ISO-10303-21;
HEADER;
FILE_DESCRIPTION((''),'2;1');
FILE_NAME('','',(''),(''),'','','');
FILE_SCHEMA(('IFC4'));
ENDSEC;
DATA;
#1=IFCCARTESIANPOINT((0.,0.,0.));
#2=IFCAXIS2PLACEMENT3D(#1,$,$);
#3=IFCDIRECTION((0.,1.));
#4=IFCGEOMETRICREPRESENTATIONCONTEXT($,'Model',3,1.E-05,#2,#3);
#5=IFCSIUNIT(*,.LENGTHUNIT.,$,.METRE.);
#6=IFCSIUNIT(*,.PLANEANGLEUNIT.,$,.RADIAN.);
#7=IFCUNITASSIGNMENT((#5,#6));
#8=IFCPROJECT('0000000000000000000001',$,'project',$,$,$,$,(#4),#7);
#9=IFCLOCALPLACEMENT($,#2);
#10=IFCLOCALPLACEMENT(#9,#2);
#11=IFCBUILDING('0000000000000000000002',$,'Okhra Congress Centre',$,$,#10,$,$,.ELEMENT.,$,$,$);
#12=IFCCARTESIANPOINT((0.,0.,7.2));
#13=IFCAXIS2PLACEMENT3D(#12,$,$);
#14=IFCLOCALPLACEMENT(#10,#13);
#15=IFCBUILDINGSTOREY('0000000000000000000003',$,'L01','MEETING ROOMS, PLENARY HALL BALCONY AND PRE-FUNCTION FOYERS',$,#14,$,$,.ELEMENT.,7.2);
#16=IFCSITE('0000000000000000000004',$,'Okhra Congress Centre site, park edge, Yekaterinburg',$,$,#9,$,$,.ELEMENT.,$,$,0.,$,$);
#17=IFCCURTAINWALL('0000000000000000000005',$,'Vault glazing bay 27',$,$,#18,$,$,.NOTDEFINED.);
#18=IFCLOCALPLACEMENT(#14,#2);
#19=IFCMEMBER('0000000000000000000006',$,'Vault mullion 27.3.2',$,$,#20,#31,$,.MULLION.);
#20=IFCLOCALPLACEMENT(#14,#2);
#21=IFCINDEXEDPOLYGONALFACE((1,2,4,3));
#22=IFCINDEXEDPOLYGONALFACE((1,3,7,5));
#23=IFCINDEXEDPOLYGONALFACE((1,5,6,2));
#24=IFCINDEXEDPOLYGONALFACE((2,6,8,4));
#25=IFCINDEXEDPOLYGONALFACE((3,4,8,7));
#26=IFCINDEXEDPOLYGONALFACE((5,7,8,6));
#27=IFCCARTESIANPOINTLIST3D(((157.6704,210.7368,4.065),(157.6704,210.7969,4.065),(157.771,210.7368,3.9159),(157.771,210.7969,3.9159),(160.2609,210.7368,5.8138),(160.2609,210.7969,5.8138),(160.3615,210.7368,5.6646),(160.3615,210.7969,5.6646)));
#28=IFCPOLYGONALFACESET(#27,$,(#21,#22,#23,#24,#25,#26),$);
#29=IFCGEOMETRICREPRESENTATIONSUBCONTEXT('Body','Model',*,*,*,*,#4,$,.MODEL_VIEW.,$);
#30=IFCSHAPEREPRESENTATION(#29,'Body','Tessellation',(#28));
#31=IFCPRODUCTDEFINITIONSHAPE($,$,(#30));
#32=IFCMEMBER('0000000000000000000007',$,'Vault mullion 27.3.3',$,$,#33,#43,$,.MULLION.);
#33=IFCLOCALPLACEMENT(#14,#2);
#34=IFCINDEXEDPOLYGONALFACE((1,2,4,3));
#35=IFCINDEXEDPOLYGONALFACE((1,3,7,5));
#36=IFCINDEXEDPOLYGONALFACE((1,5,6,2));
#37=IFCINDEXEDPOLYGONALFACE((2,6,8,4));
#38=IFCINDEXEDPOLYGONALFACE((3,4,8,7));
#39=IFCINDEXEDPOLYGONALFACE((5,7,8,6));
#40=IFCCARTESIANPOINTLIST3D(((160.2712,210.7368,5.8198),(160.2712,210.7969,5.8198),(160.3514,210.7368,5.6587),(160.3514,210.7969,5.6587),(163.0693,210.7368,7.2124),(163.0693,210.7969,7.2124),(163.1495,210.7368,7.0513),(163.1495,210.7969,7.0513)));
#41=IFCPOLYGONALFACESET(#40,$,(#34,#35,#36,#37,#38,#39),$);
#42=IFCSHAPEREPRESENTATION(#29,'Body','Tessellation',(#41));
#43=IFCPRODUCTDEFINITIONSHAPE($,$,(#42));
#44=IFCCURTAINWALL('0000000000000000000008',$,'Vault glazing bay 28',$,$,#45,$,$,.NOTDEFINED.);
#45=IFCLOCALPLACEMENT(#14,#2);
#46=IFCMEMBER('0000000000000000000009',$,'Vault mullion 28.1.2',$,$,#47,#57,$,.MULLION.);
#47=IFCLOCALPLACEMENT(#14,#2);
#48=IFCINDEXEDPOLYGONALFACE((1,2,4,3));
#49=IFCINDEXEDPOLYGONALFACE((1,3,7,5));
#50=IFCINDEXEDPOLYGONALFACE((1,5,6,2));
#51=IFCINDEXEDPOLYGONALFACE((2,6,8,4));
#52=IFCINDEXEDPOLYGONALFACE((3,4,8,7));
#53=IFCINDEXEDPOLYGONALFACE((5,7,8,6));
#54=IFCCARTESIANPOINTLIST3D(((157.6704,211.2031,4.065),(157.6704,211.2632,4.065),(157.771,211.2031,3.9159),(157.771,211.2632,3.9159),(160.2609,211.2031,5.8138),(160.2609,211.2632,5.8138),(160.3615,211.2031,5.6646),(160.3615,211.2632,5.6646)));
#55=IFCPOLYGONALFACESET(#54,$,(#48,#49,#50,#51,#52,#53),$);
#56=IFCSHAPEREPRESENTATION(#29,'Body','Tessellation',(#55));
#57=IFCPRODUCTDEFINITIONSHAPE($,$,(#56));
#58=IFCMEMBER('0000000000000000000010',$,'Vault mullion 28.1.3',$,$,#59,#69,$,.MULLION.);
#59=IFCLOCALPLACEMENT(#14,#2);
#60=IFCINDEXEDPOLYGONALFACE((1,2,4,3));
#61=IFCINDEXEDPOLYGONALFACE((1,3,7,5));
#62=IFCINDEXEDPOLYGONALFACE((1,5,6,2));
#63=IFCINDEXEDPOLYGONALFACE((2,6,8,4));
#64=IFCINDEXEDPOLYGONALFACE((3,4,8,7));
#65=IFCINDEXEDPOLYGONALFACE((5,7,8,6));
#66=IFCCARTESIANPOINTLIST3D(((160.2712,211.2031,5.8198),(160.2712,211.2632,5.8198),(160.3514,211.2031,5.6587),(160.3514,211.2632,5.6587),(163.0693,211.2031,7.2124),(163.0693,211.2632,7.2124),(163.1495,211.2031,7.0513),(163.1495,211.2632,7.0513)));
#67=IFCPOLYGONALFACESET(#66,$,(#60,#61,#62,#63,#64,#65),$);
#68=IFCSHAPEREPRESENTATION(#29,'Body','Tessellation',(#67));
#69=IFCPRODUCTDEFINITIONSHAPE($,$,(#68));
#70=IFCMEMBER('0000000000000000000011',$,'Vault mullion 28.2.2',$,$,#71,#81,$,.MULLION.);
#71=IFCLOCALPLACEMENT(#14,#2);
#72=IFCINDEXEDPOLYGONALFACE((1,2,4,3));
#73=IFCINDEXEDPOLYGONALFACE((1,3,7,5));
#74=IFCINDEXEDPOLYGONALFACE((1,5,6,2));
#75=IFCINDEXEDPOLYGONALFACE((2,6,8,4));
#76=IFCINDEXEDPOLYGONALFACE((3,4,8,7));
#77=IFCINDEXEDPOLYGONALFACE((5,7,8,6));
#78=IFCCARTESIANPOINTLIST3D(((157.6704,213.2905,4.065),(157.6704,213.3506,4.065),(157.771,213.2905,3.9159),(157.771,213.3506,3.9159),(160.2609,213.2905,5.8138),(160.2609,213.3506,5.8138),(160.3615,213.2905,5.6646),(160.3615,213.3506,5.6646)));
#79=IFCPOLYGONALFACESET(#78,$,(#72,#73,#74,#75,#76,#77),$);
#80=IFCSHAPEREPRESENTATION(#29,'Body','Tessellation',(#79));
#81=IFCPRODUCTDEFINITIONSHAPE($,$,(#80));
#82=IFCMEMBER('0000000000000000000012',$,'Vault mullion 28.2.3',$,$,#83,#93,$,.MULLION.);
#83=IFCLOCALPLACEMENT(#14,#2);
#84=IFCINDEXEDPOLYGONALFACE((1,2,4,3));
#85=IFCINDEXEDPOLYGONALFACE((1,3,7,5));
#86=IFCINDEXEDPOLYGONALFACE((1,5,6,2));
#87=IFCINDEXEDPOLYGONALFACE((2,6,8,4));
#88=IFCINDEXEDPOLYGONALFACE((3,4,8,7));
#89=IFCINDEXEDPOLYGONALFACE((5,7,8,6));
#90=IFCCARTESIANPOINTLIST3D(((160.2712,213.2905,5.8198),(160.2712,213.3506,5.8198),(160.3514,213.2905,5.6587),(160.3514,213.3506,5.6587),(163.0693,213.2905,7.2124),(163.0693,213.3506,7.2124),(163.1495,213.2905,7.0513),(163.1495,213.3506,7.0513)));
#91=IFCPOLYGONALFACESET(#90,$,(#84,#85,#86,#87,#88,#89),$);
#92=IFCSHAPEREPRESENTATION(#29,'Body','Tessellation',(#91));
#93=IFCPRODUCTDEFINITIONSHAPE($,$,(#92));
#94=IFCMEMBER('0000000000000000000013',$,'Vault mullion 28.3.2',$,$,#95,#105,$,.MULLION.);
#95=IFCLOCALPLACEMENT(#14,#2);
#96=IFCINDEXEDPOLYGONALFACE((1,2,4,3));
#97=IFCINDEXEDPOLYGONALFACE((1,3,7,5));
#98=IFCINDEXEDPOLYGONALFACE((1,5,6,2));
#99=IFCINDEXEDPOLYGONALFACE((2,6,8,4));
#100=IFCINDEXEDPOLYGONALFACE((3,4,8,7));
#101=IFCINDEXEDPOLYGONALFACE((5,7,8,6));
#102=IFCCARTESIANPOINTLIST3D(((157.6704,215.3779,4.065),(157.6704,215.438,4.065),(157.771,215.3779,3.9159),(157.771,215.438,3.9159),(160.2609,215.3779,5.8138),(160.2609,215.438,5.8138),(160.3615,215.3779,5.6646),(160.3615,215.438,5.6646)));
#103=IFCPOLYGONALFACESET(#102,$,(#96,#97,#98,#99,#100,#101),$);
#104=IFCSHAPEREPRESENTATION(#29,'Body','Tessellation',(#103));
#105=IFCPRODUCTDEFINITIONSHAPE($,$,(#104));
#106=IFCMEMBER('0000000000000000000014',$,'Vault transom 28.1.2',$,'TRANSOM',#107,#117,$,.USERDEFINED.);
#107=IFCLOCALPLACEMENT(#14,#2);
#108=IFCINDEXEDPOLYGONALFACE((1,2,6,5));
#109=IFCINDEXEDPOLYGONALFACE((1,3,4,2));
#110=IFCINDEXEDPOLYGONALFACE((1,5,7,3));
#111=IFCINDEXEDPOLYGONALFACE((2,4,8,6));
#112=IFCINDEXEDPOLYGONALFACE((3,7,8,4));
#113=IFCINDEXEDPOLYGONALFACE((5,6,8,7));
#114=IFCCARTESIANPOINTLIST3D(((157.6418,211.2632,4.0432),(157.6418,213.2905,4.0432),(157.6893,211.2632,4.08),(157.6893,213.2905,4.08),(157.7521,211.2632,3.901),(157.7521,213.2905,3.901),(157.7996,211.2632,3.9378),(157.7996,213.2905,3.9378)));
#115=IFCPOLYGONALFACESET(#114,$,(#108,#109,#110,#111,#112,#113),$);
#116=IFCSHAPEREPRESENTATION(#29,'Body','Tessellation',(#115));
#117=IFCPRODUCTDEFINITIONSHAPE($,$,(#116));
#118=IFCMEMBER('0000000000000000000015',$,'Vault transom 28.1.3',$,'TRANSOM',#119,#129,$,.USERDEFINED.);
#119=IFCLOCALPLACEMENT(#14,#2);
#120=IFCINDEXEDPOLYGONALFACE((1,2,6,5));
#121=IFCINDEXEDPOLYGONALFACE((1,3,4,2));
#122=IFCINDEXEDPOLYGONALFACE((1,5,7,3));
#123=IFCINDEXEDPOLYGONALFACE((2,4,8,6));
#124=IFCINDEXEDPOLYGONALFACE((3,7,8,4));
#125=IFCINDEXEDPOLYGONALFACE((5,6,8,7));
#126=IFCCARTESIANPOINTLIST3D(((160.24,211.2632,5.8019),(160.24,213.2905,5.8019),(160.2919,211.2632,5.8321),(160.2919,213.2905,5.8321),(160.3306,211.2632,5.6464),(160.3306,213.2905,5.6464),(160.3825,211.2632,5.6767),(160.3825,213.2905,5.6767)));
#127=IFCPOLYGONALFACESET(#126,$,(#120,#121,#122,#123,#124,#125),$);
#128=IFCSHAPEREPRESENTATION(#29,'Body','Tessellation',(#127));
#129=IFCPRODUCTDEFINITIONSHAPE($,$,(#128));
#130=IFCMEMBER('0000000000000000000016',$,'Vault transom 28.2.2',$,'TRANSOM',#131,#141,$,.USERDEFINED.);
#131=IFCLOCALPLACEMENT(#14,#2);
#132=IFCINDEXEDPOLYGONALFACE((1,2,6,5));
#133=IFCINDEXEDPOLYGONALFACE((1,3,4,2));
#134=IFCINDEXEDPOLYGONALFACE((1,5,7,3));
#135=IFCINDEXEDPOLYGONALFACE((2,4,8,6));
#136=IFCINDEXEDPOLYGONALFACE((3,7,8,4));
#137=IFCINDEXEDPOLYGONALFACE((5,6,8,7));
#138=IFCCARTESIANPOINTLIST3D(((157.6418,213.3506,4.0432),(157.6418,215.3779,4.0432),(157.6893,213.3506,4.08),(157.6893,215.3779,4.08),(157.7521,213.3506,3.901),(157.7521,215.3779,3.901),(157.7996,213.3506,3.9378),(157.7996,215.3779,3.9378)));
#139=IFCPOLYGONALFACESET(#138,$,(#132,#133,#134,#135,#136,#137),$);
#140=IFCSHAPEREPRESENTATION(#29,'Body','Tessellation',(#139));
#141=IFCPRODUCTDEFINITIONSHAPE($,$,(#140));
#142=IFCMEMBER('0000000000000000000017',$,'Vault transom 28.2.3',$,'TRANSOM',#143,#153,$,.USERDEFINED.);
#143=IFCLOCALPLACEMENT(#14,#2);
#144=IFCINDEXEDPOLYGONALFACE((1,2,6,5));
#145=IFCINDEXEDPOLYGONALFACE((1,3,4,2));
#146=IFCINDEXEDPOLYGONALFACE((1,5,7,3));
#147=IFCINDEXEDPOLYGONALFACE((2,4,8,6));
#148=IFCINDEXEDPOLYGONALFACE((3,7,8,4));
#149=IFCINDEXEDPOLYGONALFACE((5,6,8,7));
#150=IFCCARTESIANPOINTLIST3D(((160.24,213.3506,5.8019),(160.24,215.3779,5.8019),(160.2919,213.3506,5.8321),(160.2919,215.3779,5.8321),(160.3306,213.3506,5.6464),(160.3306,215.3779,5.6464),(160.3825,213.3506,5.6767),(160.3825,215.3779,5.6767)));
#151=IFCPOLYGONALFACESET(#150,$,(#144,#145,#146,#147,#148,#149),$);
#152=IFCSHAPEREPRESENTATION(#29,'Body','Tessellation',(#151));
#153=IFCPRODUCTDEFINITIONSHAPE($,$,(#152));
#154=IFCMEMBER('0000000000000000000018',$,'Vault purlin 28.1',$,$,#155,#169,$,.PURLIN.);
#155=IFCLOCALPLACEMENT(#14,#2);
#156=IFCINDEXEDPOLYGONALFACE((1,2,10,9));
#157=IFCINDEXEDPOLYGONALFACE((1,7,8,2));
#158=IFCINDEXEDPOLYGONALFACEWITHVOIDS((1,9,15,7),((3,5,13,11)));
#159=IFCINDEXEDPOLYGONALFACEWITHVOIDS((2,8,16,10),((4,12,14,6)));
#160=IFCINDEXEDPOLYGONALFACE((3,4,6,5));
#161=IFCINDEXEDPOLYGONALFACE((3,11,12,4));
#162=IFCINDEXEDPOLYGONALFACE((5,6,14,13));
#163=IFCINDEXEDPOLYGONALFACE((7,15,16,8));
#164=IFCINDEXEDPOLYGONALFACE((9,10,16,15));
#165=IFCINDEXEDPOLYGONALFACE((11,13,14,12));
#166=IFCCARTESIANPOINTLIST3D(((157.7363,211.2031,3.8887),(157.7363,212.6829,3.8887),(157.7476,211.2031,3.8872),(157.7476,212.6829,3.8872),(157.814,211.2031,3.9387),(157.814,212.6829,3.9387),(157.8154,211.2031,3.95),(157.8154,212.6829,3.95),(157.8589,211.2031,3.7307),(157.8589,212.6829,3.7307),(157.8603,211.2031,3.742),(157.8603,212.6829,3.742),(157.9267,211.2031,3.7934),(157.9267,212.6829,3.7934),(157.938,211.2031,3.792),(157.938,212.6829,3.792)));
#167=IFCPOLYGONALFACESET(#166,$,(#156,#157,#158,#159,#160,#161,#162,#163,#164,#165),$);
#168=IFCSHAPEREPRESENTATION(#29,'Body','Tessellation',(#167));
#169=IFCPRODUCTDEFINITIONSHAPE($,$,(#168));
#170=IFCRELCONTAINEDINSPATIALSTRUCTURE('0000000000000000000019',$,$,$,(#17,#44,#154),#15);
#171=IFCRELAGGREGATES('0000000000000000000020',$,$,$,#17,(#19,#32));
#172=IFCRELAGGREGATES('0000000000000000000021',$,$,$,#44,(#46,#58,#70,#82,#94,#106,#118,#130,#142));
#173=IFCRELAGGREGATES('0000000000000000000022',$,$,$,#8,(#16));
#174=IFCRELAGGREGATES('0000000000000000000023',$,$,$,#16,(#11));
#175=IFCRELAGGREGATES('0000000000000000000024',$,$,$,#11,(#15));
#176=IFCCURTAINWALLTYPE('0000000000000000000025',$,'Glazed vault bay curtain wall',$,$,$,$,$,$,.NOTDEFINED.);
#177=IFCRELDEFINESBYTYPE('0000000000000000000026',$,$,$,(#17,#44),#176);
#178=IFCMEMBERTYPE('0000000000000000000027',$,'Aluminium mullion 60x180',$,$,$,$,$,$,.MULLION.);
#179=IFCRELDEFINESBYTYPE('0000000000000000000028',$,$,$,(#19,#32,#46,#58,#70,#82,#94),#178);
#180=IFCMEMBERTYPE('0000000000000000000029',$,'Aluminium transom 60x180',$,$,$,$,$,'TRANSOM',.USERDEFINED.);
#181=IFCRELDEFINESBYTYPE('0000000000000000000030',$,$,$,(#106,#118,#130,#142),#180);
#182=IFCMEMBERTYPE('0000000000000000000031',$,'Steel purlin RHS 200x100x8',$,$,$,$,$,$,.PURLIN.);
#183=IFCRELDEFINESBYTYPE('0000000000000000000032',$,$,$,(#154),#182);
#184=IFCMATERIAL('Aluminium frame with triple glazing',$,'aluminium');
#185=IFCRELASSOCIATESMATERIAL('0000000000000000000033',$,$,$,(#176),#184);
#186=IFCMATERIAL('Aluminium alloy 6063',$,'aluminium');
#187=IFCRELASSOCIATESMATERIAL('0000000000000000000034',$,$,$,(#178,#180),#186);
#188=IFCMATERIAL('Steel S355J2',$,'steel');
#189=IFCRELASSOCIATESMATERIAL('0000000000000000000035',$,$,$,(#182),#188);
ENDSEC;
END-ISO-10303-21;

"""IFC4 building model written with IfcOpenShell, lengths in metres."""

from ifc_helpers import new_model, si_unit, direction, frame, origin, origin_2d, place, context, subcontext, project, spatial, rectangle, hollow_rectangle, extrude, material, material_profile, profile_set, type_object, element, aggregate, save


model = new_model("IFC4")

# Units and contexts
model_context = context("Model", 3, precision=1e-05, world=origin(), true_north=direction((0.0, 1.0)))
body_context = subcontext(model_context, "Body", "Model", "MODEL_VIEW")
ifc_project = project(units=[si_unit("LENGTHUNIT", "METRE"), si_unit("PLANEANGLEUNIT", "RADIAN")], contexts=[model_context])

# Site, building, storey
site_placement = place(None, origin())
site = spatial("IfcSite", under=ifc_project, at=site_placement, Name="Okhra Congress Centre site, park edge, Yekaterinburg", CompositionType="ELEMENT", RefElevation=0.0)
building_placement = place(site_placement, origin())
building = spatial("IfcBuilding", under=site, at=building_placement, Name="Okhra Congress Centre", CompositionType="ELEMENT")
storey_placement = place(building_placement, frame((0.0, 0.0, 7.2)))
storey = spatial("IfcBuildingStorey", under=building, at=storey_placement, Name="L01", Description="MEETING ROOMS, PLENARY HALL BALCONY AND PRE-FUNCTION FOYERS", CompositionType="ELEMENT", Elevation=7.2)

# Curtain walls, members
ifc_material_1 = material(Name="Aluminium frame with triple glazing", Category="aluminium")
curtain_wall_type = type_object("IfcCurtainWallType", Name="Glazed vault bay curtain wall", PredefinedType="NOTDEFINED", material=ifc_material_1)
curtain_wall_1_placement = place(storey_placement, origin())
curtain_wall_1 = element("IfcCurtainWall", 1, at=curtain_wall_1_placement, inside=storey, type_object=curtain_wall_type, Name="Vault glazing bay 27", PredefinedType="NOTDEFINED")
ifc_material_2 = material(Name="Aluminium alloy 6063", Category="aluminium")
ifc_material_profile_1 = material_profile(ifc_material_2, rectangle(XDim=0.0601, YDim=0.1799, at=origin_2d()), Name="AL 60x180")
ifc_profile_set_1 = profile_set([ifc_material_profile_1], Name="Aluminium alloy 6063")
member_type_1 = type_object("IfcMemberType", Name="Aluminium mullion 60x180", PredefinedType="MULLION", material=ifc_profile_set_1)
member_1_placement = place(storey_placement, frame((157.7207, 210.7668, 3.9905), z_axis=(0.828828, 0.0, 0.559504), x_axis=(0.0, 1.0, 0.0)))
member_1 = element("IfcMember", 2, at=member_1_placement, type_object=member_type_1, Name="Vault mullion 27.3.2", PredefinedType="MULLION", context=body_context, shape_type="SweptSolid", body=[
    extrude(rectangle(XDim=0.0601, YDim=0.1799, at=origin_2d()), origin(), (0.0, 0.0, 1.0), 3.1255),
])
member_2_placement = place(storey_placement, frame((160.3113, 210.7668, 5.7393), z_axis=(0.895254, 0.0, 0.445557), x_axis=(0.0, 1.0, 0.0)))
member_2 = element("IfcMember", 3, at=member_2_placement, type_object=member_type_1, Name="Vault mullion 27.3.3", PredefinedType="MULLION", context=body_context, shape_type="SweptSolid", body=[
    extrude(rectangle(XDim=0.0601, YDim=0.1799, at=origin_2d()), origin(), (0.0, 0.0, 1.0), 3.1255),
])
aggregate(curtain_wall_1, [member_1, member_2])
curtain_wall_2_placement = place(storey_placement, origin())
curtain_wall_2 = element("IfcCurtainWall", 4, at=curtain_wall_2_placement, inside=storey, type_object=curtain_wall_type, Name="Vault glazing bay 28", PredefinedType="NOTDEFINED")
member_3_placement = place(storey_placement, frame((157.7207, 211.2332, 3.9905), z_axis=(0.828828, 0.0, 0.559504), x_axis=(0.0, 1.0, 0.0)))
member_3 = element("IfcMember", 5, at=member_3_placement, type_object=member_type_1, Name="Vault mullion 28.1.2", PredefinedType="MULLION", context=body_context, shape_type="SweptSolid", body=[
    extrude(rectangle(XDim=0.0601, YDim=0.1799, at=origin_2d()), origin(), (0.0, 0.0, 1.0), 3.1255),
])
member_4_placement = place(storey_placement, frame((160.3113, 211.2332, 5.7393), z_axis=(0.895254, 0.0, 0.445557), x_axis=(0.0, 1.0, 0.0)))
member_4 = element("IfcMember", 6, at=member_4_placement, type_object=member_type_1, Name="Vault mullion 28.1.3", PredefinedType="MULLION", context=body_context, shape_type="SweptSolid", body=[
    extrude(rectangle(XDim=0.0601, YDim=0.1799, at=origin_2d()), origin(), (0.0, 0.0, 1.0), 3.1255),
])
member_5_placement = place(storey_placement, frame((157.7207, 213.3206, 3.9905), z_axis=(0.828828, 0.0, 0.559504), x_axis=(0.0, 1.0, 0.0)))
member_5 = element("IfcMember", 7, at=member_5_placement, type_object=member_type_1, Name="Vault mullion 28.2.2", PredefinedType="MULLION", context=body_context, shape_type="SweptSolid", body=[
    extrude(rectangle(XDim=0.0601, YDim=0.1799, at=origin_2d()), origin(), (0.0, 0.0, 1.0), 3.1255),
])
member_6_placement = place(storey_placement, frame((160.3113, 213.3206, 5.7393), z_axis=(0.895254, 0.0, 0.445557), x_axis=(0.0, 1.0, 0.0)))
member_6 = element("IfcMember", 8, at=member_6_placement, type_object=member_type_1, Name="Vault mullion 28.2.3", PredefinedType="MULLION", context=body_context, shape_type="SweptSolid", body=[
    extrude(rectangle(XDim=0.0601, YDim=0.1799, at=origin_2d()), origin(), (0.0, 0.0, 1.0), 3.1255),
])
member_7_placement = place(storey_placement, frame((157.7207, 215.408, 3.9905), z_axis=(0.828828, 0.0, 0.559504), x_axis=(0.0, 1.0, 0.0)))
member_7 = element("IfcMember", 9, at=member_7_placement, type_object=member_type_1, Name="Vault mullion 28.3.2", PredefinedType="MULLION", context=body_context, shape_type="SweptSolid", body=[
    extrude(rectangle(XDim=0.0601, YDim=0.1799, at=origin_2d()), origin(), (0.0, 0.0, 1.0), 3.1255),
])
ifc_material_profile_2 = material_profile(ifc_material_2, rectangle(XDim=0.0601, YDim=0.1799, at=origin_2d()), Name="AL 60x180 transom")
ifc_profile_set_2 = profile_set([ifc_material_profile_2], Name="Aluminium alloy 6063")
member_type_2 = type_object("IfcMemberType", Name="Aluminium transom 60x180", ElementType="TRANSOM", PredefinedType="USERDEFINED", material=ifc_profile_set_2)
member_8_placement = place(storey_placement, frame((157.7207, 211.2632, 3.9905), z_axis=(0.0, 1.0, 0.0), x_axis=(-0.790145, 0.0, -0.61292)))
member_8 = element("IfcMember", 10, at=member_8_placement, type_object=member_type_2, Name="Vault transom 28.1.2", ObjectType="TRANSOM", PredefinedType="USERDEFINED", context=body_context, shape_type="SweptSolid", body=[
    extrude(rectangle(XDim=0.0601, YDim=0.1799, at=origin_2d()), origin(), (0.0, 0.0, 1.0), 2.0273),
])
member_9_placement = place(storey_placement, frame((160.3113, 211.2632, 5.7393), z_axis=(0.0, 1.0, 0.0), x_axis=(-0.863917, 0.0, -0.503634)))
member_9 = element("IfcMember", 11, at=member_9_placement, type_object=member_type_2, Name="Vault transom 28.1.3", ObjectType="TRANSOM", PredefinedType="USERDEFINED", context=body_context, shape_type="SweptSolid", body=[
    extrude(rectangle(XDim=0.0601, YDim=0.1799, at=origin_2d()), origin(), (0.0, 0.0, 1.0), 2.0273),
])
member_10_placement = place(storey_placement, frame((157.7207, 213.3506, 3.9905), z_axis=(0.0, 1.0, 0.0), x_axis=(-0.790145, 0.0, -0.61292)))
member_10 = element("IfcMember", 12, at=member_10_placement, type_object=member_type_2, Name="Vault transom 28.2.2", ObjectType="TRANSOM", PredefinedType="USERDEFINED", context=body_context, shape_type="SweptSolid", body=[
    extrude(rectangle(XDim=0.0601, YDim=0.1799, at=origin_2d()), origin(), (0.0, 0.0, 1.0), 2.0273),
])
member_11_placement = place(storey_placement, frame((160.3113, 213.3506, 5.7393), z_axis=(0.0, 1.0, 0.0), x_axis=(-0.863917, 0.0, -0.503634)))
member_11 = element("IfcMember", 13, at=member_11_placement, type_object=member_type_2, Name="Vault transom 28.2.3", ObjectType="TRANSOM", PredefinedType="USERDEFINED", context=body_context, shape_type="SweptSolid", body=[
    extrude(rectangle(XDim=0.0601, YDim=0.1799, at=origin_2d()), origin(), (0.0, 0.0, 1.0), 2.0273),
])

# Member
ifc_material_3 = material(Name="Steel S355J2", Category="steel")
ifc_material_profile_3 = material_profile(ifc_material_3, hollow_rectangle(XDim=0.1001, YDim=0.2, WallThickness=0.0081, at=origin_2d()), Name="RHS 200x100x8")
ifc_profile_set_3 = profile_set([ifc_material_profile_3], Name="Steel S355J2")
member_type_3 = type_object("IfcMemberType", Name="Steel purlin RHS 200x100x8", PredefinedType="PURLIN", material=ifc_profile_set_3)
member_12_placement = place(storey_placement, frame((157.8372, 211.2031, 3.8403), z_axis=(0.0, 1.0, 0.0), x_axis=(-0.790145, 0.0, -0.61292)))
element("IfcMember", 14, at=member_12_placement, inside=storey, type_object=member_type_3, Name="Vault purlin 28.1", PredefinedType="PURLIN", context=body_context, shape_type="SweptSolid", body=[
    extrude(hollow_rectangle(XDim=0.1001, YDim=0.2, WallThickness=0.0081, at=origin_2d()), origin(), (0.0, 0.0, 1.0), 1.4797),
])

aggregate(curtain_wall_2, [member_3, member_4, member_5, member_6, member_7, member_8, member_9, member_10, member_11])

save(model, "model.ifc")
